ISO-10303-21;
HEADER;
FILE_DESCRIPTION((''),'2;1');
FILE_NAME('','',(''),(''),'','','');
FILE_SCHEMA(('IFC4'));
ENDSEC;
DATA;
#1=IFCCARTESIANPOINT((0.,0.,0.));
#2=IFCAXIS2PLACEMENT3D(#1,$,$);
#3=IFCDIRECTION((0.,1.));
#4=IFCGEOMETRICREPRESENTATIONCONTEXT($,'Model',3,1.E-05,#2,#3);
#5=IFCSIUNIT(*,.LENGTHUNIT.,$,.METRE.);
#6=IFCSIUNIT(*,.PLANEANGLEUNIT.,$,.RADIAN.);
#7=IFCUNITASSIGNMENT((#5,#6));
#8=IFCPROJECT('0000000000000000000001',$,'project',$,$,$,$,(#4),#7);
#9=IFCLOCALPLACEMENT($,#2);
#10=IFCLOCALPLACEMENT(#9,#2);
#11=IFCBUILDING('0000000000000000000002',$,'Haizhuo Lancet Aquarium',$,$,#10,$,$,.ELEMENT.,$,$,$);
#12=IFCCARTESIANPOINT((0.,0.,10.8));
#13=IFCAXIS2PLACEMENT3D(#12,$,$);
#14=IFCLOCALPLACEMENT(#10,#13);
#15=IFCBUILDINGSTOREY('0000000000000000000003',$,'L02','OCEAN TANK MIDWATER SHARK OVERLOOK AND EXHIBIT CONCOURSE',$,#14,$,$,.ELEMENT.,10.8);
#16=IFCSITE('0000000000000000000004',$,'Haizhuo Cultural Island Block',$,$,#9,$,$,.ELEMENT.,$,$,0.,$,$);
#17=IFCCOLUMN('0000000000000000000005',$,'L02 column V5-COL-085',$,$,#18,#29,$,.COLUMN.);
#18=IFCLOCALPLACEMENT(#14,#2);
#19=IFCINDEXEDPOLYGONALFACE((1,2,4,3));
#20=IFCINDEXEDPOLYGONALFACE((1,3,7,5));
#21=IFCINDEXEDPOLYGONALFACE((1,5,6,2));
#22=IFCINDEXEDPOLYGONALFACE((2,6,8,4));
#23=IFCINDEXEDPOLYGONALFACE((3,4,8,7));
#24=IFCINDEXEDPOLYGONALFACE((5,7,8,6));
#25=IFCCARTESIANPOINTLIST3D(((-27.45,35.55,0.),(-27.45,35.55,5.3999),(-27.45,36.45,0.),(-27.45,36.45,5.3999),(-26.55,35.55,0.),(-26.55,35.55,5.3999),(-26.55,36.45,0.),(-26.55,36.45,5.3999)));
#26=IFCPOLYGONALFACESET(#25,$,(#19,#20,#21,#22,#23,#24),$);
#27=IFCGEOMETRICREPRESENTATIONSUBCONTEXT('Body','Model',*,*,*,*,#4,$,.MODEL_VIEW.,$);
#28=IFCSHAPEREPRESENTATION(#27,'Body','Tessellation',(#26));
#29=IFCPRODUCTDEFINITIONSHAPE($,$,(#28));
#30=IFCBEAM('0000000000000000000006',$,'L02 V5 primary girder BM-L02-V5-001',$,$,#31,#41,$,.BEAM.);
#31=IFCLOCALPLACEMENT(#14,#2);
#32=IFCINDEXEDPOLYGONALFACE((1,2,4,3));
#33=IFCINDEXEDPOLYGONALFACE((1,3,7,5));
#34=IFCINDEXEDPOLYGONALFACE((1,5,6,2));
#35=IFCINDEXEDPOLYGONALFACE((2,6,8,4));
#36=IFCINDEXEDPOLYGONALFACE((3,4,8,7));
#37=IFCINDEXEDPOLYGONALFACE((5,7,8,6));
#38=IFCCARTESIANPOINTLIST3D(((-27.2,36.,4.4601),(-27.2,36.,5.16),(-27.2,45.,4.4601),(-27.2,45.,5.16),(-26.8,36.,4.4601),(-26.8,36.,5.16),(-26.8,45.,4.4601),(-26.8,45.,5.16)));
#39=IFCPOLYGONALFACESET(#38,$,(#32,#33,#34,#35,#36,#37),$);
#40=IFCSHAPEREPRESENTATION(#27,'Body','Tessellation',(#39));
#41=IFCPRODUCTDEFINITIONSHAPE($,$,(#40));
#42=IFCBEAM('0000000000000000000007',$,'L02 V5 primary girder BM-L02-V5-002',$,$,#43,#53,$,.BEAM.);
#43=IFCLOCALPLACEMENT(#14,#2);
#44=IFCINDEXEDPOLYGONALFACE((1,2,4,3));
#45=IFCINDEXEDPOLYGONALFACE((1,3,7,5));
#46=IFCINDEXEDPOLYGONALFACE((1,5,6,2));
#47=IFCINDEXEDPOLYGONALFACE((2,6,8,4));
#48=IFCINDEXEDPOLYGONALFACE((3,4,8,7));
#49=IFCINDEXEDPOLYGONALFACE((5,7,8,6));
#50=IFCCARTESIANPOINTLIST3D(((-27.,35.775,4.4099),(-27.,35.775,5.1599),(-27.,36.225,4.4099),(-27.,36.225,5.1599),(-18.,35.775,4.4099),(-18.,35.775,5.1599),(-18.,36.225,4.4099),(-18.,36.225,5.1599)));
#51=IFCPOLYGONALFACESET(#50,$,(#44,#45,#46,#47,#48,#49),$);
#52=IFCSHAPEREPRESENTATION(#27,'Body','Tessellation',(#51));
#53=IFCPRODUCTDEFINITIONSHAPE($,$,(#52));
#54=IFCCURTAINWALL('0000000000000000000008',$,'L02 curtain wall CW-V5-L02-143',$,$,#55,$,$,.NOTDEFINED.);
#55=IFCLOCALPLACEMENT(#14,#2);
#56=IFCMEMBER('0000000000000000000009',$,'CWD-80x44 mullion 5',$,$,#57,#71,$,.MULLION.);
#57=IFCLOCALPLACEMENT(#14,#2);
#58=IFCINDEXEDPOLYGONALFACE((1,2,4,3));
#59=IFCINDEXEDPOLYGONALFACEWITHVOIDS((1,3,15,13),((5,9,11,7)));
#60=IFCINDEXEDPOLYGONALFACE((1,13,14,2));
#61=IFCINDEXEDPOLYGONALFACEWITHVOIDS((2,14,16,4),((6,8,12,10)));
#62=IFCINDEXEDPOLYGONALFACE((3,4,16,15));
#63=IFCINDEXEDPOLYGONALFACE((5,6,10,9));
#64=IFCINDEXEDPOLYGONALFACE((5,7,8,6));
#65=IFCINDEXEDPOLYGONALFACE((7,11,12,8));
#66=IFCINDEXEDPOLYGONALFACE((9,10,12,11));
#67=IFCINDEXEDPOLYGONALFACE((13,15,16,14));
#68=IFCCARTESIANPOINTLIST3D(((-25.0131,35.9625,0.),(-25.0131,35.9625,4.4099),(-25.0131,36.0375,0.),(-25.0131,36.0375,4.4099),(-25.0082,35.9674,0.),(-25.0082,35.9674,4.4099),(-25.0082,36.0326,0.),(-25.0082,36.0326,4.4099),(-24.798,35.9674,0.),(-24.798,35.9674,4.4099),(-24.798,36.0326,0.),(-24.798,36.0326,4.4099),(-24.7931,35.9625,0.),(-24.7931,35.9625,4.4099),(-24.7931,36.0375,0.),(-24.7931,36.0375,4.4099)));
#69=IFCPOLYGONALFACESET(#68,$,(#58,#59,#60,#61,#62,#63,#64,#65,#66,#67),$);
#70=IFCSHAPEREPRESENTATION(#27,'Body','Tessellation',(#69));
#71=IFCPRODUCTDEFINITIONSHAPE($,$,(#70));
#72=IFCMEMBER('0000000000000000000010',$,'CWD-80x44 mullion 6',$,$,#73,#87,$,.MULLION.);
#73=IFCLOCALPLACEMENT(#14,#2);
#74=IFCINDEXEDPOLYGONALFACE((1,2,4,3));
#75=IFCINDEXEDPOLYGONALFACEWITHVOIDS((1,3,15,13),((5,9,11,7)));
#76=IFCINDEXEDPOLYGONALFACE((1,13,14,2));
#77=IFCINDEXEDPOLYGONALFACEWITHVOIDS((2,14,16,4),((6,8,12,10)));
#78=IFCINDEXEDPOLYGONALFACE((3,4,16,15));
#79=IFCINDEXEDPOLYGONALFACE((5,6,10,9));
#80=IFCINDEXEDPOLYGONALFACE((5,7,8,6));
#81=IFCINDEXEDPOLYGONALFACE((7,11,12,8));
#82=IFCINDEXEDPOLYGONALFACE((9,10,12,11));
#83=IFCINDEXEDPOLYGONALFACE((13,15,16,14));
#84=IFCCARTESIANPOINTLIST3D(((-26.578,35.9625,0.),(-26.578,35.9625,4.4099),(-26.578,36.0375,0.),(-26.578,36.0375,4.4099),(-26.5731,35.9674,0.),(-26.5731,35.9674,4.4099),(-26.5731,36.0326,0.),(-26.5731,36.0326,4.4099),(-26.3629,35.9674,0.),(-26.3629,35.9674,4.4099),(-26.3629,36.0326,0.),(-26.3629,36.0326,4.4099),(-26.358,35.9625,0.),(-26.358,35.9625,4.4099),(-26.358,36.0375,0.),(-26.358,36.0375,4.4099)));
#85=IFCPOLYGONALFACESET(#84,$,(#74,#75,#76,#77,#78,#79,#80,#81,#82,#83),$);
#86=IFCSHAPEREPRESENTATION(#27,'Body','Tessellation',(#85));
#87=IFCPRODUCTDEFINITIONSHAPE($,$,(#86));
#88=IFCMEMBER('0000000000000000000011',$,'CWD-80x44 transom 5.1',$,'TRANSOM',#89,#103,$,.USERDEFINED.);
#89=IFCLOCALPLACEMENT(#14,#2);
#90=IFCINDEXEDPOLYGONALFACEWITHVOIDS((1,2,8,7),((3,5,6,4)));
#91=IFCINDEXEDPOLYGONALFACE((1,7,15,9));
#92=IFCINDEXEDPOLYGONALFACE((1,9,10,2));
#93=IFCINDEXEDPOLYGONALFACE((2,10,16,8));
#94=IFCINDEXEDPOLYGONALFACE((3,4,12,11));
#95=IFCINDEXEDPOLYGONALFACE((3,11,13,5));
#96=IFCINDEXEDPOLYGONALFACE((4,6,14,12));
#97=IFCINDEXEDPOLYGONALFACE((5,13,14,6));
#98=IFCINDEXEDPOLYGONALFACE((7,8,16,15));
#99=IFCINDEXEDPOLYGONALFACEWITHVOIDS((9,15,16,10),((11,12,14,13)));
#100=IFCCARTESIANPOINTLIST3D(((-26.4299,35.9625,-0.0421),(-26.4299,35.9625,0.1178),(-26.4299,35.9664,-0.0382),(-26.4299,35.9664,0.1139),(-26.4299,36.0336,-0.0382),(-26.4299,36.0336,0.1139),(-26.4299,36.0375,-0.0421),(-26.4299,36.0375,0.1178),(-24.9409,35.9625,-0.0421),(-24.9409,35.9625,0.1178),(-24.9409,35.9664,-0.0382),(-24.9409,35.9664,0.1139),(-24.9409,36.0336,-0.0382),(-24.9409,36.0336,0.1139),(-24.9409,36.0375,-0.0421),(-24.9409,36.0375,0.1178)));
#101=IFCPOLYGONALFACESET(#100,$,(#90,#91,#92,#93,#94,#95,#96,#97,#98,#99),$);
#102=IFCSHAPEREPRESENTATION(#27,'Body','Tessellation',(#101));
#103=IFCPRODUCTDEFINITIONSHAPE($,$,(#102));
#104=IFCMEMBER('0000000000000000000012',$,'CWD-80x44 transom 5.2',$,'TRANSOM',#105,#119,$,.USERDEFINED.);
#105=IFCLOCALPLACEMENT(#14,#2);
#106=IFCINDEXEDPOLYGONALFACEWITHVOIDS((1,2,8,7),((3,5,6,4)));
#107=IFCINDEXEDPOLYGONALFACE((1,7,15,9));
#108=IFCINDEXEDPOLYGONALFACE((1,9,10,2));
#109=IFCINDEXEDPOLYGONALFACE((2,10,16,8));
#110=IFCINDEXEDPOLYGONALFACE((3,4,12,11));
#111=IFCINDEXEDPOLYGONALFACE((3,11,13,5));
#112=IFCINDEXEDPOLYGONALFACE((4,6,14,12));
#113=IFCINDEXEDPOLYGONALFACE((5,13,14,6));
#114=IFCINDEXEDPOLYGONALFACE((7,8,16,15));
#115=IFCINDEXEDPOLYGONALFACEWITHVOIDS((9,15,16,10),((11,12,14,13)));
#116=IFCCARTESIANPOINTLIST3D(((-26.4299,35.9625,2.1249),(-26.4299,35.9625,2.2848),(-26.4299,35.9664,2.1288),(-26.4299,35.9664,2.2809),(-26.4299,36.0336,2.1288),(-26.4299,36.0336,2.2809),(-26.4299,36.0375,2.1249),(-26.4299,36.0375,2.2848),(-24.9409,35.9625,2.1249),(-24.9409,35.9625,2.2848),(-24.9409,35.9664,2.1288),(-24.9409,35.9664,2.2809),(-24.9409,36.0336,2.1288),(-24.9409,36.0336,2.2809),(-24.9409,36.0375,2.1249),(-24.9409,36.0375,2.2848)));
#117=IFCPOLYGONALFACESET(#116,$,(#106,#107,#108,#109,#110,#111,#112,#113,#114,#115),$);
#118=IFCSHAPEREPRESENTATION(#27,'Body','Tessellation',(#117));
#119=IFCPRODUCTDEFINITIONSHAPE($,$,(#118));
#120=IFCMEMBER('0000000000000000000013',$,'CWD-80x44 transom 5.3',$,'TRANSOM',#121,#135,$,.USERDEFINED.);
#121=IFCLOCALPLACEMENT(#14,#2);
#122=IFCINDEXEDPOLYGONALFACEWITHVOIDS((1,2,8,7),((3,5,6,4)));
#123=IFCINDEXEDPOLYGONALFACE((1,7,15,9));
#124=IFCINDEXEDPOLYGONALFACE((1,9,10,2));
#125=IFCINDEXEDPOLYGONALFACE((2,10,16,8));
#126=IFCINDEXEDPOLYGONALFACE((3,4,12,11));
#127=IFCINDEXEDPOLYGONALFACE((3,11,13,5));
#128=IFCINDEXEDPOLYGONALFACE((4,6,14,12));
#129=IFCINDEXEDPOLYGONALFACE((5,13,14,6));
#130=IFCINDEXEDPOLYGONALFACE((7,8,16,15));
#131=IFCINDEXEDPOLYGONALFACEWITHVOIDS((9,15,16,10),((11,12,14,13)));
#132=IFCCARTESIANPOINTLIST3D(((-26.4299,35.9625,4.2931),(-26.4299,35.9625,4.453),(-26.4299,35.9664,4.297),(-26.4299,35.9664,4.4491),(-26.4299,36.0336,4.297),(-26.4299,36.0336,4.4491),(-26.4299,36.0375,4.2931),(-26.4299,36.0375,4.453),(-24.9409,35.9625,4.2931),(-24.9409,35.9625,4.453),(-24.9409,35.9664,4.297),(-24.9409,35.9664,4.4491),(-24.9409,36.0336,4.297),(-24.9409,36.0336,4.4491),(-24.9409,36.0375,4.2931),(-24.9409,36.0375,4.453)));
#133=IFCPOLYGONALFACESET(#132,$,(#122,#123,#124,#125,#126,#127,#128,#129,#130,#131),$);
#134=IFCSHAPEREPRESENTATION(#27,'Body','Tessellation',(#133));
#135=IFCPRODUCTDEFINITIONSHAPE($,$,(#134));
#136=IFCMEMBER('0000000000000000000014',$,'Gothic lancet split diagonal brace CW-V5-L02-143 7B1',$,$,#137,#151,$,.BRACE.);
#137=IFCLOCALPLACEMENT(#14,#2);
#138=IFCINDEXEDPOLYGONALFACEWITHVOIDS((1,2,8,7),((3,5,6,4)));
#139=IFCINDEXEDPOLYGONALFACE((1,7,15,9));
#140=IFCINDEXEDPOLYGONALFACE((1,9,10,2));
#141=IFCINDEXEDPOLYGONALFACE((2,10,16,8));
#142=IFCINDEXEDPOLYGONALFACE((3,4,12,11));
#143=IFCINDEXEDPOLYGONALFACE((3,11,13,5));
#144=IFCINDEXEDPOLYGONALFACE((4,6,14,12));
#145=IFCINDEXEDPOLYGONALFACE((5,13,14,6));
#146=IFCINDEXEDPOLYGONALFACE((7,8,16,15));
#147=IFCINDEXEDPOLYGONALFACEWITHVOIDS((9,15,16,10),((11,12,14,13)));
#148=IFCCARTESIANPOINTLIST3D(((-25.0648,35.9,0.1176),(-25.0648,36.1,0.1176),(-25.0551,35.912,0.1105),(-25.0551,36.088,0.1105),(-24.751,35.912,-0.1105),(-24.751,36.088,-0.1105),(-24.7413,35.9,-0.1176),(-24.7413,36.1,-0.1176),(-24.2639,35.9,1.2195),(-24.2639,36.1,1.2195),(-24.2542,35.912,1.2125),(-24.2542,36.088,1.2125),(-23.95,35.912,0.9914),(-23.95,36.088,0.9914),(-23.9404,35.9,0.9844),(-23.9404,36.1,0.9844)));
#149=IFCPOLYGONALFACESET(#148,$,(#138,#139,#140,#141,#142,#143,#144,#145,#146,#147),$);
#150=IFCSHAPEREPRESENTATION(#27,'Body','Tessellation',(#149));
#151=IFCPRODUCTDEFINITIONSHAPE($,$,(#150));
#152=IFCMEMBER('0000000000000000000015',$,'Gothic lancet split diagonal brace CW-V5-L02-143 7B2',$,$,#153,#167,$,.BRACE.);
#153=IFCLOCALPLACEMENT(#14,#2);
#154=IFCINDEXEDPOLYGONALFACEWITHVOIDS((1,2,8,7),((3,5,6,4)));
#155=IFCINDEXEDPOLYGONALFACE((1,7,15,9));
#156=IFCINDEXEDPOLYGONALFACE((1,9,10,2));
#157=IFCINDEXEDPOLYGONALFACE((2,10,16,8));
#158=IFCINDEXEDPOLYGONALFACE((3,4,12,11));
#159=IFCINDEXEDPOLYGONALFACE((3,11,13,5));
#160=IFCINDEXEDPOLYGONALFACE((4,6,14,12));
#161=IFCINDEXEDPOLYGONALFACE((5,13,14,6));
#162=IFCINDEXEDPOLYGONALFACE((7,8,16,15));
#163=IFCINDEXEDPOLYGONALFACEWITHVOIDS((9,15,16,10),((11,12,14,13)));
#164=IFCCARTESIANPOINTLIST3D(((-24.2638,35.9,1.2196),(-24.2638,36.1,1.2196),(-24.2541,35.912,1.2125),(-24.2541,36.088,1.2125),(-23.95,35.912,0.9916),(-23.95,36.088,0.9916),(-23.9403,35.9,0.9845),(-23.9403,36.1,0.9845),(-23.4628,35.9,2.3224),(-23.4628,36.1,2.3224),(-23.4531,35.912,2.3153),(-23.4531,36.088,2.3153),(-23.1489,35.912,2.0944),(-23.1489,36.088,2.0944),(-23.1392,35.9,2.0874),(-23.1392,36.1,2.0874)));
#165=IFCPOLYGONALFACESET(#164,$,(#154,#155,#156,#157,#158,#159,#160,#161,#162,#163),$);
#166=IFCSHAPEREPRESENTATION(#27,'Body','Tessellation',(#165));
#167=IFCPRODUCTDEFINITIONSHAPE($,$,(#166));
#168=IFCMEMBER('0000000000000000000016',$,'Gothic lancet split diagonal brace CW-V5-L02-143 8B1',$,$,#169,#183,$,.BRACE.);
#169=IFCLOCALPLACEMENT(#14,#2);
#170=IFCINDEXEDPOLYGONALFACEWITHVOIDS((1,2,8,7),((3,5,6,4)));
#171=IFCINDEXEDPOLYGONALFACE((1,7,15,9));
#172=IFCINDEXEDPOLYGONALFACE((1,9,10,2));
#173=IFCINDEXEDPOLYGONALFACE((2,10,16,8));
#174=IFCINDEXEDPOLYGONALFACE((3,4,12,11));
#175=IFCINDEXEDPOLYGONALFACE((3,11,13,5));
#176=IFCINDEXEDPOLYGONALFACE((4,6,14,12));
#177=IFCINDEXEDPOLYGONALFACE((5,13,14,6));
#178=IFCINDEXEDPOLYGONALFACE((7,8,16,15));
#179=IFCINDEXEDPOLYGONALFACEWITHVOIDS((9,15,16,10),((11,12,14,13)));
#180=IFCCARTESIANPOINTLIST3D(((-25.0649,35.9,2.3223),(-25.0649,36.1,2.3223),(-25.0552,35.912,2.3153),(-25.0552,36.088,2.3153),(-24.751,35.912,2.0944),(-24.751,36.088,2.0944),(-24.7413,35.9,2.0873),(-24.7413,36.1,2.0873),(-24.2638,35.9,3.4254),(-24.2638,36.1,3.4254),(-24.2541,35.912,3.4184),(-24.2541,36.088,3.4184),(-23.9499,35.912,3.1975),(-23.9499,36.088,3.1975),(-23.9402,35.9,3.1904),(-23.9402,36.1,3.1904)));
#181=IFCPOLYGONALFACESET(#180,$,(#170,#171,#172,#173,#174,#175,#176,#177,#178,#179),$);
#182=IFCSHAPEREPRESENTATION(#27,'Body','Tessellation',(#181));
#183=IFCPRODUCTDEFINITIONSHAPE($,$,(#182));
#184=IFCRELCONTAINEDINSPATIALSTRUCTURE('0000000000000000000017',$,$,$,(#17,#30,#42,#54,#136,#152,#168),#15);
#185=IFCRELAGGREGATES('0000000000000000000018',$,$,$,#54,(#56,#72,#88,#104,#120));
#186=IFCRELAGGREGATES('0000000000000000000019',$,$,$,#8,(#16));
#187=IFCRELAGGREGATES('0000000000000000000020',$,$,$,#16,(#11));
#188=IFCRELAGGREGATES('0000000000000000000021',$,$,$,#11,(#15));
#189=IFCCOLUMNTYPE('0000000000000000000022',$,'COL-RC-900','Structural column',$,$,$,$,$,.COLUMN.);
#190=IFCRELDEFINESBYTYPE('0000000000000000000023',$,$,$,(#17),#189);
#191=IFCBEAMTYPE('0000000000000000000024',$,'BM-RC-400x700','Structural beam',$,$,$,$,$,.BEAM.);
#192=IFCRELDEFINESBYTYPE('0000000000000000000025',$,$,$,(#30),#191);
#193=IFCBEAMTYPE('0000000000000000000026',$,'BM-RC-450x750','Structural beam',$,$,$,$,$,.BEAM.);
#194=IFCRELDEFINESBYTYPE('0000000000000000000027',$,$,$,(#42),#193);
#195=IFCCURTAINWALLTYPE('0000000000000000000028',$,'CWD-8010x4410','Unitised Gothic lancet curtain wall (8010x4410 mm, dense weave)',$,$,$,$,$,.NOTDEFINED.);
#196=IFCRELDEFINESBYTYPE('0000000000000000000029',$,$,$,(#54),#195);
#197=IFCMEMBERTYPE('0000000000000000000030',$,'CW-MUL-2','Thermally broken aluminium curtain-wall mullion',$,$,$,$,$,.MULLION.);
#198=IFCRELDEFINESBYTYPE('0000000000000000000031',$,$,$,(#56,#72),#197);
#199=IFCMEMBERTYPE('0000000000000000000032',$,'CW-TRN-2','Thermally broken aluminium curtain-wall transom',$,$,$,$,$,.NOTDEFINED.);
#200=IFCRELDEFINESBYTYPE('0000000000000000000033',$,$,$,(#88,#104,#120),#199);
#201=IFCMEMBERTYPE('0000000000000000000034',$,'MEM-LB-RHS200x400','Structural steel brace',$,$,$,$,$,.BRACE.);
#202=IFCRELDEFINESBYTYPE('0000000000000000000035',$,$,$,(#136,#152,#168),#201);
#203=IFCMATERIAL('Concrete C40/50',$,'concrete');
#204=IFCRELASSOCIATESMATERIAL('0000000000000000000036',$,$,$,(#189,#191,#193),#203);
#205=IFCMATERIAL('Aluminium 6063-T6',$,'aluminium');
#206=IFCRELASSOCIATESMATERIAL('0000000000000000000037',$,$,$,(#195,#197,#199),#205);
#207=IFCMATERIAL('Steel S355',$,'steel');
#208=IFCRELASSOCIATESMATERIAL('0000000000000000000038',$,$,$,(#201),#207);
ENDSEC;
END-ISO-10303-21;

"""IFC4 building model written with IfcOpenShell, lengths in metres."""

from ifc_helpers import new_model, si_unit, direction, frame, origin, origin_2d, place, context, subcontext, project, spatial, rectangle, hollow_rectangle, extrude, material, material_profile, profile_set, type_object, element, aggregate, save


model = new_model("IFC4")

# Units and contexts
model_context = context("Model", 3, precision=1e-05, world=origin(), true_north=direction((0.0, 1.0)))
body_context = subcontext(model_context, "Body", "Model", "MODEL_VIEW")
ifc_project = project(units=[si_unit("LENGTHUNIT", "METRE"), si_unit("PLANEANGLEUNIT", "RADIAN")], contexts=[model_context])

# Site, building, storey
site_placement = place(None, origin())
site = spatial("IfcSite", under=ifc_project, at=site_placement, Name="Haizhuo Cultural Island Block", CompositionType="ELEMENT", RefElevation=0.0)
building_placement = place(site_placement, origin())
building = spatial("IfcBuilding", under=site, at=building_placement, Name="Haizhuo Lancet Aquarium", CompositionType="ELEMENT")
storey_placement = place(building_placement, frame((0.0, 0.0, 10.8)))
storey = spatial("IfcBuildingStorey", under=building, at=storey_placement, Name="L02", Description="OCEAN TANK MIDWATER SHARK OVERLOOK AND EXHIBIT CONCOURSE", CompositionType="ELEMENT", Elevation=10.8)

# Column
ifc_material_1 = material(Name="Concrete C40/50", Category="concrete")
ifc_material_profile_1 = material_profile(ifc_material_1, rectangle(XDim=0.8999, YDim=0.8999, at=origin_2d()), Name="RC-COL 900x900")
ifc_profile_set_1 = profile_set([ifc_material_profile_1], Name="Concrete C40/50")
column_type = type_object("IfcColumnType", Name="COL-RC-900", Description="Structural column", PredefinedType="COLUMN", material=ifc_profile_set_1)
column_placement = place(storey_placement, frame((-27.0, 36.0, 0.0), z_axis=(0.0, 0.0, 1.0), x_axis=(1.0, 0.0, 0.0)))
element("IfcColumn", 1, at=column_placement, inside=storey, type_object=column_type, Name="L02 column V5-COL-085", PredefinedType="COLUMN", context=body_context, shape_type="SweptSolid", body=[
    extrude(rectangle(XDim=0.8999, YDim=0.8999, at=origin_2d()), origin(), (0.0, 0.0, 1.0), 5.3999),
])

# Beams
ifc_material_profile_2 = material_profile(ifc_material_1, rectangle(XDim=0.3999, YDim=0.7, at=origin_2d()), Name="RC-BM 400x700")
ifc_profile_set_2 = profile_set([ifc_material_profile_2], Name="Concrete C40/50")
beam_type_1 = type_object("IfcBeamType", Name="BM-RC-400x700", Description="Structural beam", PredefinedType="BEAM", material=ifc_profile_set_2)
beam_1_placement = place(storey_placement, frame((-27.0, 36.0, 4.8101), z_axis=(0.0, 1.0, 0.0), x_axis=(-1.0, 0.0, 0.0)))
element("IfcBeam", 2, at=beam_1_placement, inside=storey, type_object=beam_type_1, Name="L02 V5 primary girder BM-L02-V5-001", PredefinedType="BEAM", context=body_context, shape_type="SweptSolid", body=[
    extrude(rectangle(XDim=0.3999, YDim=0.7, at=origin_2d()), origin(), (0.0, 0.0, 1.0), 9.0),
])
ifc_material_profile_3 = material_profile(ifc_material_1, rectangle(XDim=0.45, YDim=0.75, at=origin_2d()), Name="RC-BM 450x750")
ifc_profile_set_3 = profile_set([ifc_material_profile_3], Name="Concrete C40/50")
beam_type_2 = type_object("IfcBeamType", Name="BM-RC-450x750", Description="Structural beam", PredefinedType="BEAM", material=ifc_profile_set_3)
beam_2_placement = place(storey_placement, frame((-27.0, 36.0, 4.7849), z_axis=(1.0, 0.0, 0.0), x_axis=(0.0, 1.0, 0.0)))
element("IfcBeam", 3, at=beam_2_placement, inside=storey, type_object=beam_type_2, Name="L02 V5 primary girder BM-L02-V5-002", PredefinedType="BEAM", context=body_context, shape_type="SweptSolid", body=[
    extrude(rectangle(XDim=0.45, YDim=0.75, at=origin_2d()), origin(), (0.0, 0.0, 1.0), 9.0),
])

# Curtain wall, members
ifc_material_2 = material(Name="Aluminium 6063-T6", Category="aluminium")
curtain_wall_type = type_object("IfcCurtainWallType", Name="CWD-8010x4410", Description="Unitised Gothic lancet curtain wall (8010x4410 mm, dense weave)", PredefinedType="NOTDEFINED", material=ifc_material_2)
curtain_wall_placement = place(storey_placement, origin())
curtain_wall = element("IfcCurtainWall", 4, at=curtain_wall_placement, inside=storey, type_object=curtain_wall_type, Name="L02 curtain wall CW-V5-L02-143", PredefinedType="NOTDEFINED")
ifc_material_profile_4 = material_profile(ifc_material_2, hollow_rectangle(XDim=0.075, YDim=0.22, WallThickness=0.0049, at=origin_2d()), Name="ALU-M 75x220x5")
ifc_profile_set_4 = profile_set([ifc_material_profile_4], Name="Aluminium 6063-T6")
member_type_1 = type_object("IfcMemberType", Name="CW-MUL-2", Description="Thermally broken aluminium curtain-wall mullion", PredefinedType="MULLION", material=ifc_profile_set_4)
member_1_placement = place(storey_placement, frame((-24.9031, 36.0, 0.0), z_axis=(0.0, 0.0, 1.0), x_axis=(0.0, -1.0, 0.0)))
member_1 = element("IfcMember", 5, at=member_1_placement, type_object=member_type_1, Name="CWD-80x44 mullion 5", PredefinedType="MULLION", context=body_context, shape_type="SweptSolid", body=[
    extrude(hollow_rectangle(XDim=0.075, YDim=0.22, WallThickness=0.0049, at=origin_2d()), origin(), (0.0, 0.0, 1.0), 4.4099),
])
member_2_placement = place(storey_placement, frame((-26.468, 36.0, 0.0), z_axis=(0.0, 0.0, 1.0), x_axis=(0.0, -1.0, 0.0)))
member_2 = element("IfcMember", 6, at=member_2_placement, type_object=member_type_1, Name="CWD-80x44 mullion 6", PredefinedType="MULLION", context=body_context, shape_type="SweptSolid", body=[
    extrude(hollow_rectangle(XDim=0.075, YDim=0.22, WallThickness=0.0049, at=origin_2d()), origin(), (0.0, 0.0, 1.0), 4.4099),
])
ifc_material_profile_5 = material_profile(ifc_material_2, hollow_rectangle(XDim=0.075, YDim=0.1599, WallThickness=0.0039, at=origin_2d()), Name="ALU-T 75x160x4")
ifc_profile_set_5 = profile_set([ifc_material_profile_5], Name="Aluminium 6063-T6")
member_type_2 = type_object("IfcMemberType", Name="CW-TRN-2", Description="Thermally broken aluminium curtain-wall transom", PredefinedType="NOTDEFINED", material=ifc_profile_set_5)
member_3_placement = place(storey_placement, frame((-24.9409, 36.0, 0.0378), z_axis=(-1.0, 0.0, 0.0), x_axis=(0.0, -1.0, 0.0)))
member_3 = element("IfcMember", 7, at=member_3_placement, type_object=member_type_2, Name="CWD-80x44 transom 5.1", ObjectType="TRANSOM", PredefinedType="USERDEFINED", context=body_context, shape_type="SweptSolid", body=[
    extrude(hollow_rectangle(XDim=0.075, YDim=0.1599, WallThickness=0.0039, at=origin_2d()), origin(), (0.0, 0.0, 1.0), 1.489),
])
member_4_placement = place(storey_placement, frame((-24.9409, 36.0, 2.2048), z_axis=(-1.0, 0.0, 0.0), x_axis=(0.0, -1.0, 0.0)))
member_4 = element("IfcMember", 8, at=member_4_placement, type_object=member_type_2, Name="CWD-80x44 transom 5.2", ObjectType="TRANSOM", PredefinedType="USERDEFINED", context=body_context, shape_type="SweptSolid", body=[
    extrude(hollow_rectangle(XDim=0.075, YDim=0.1599, WallThickness=0.0039, at=origin_2d()), origin(), (0.0, 0.0, 1.0), 1.489),
])
member_5_placement = place(storey_placement, frame((-24.9409, 36.0, 4.373), z_axis=(-1.0, 0.0, 0.0), x_axis=(0.0, -1.0, 0.0)))
member_5 = element("IfcMember", 9, at=member_5_placement, type_object=member_type_2, Name="CWD-80x44 transom 5.3", ObjectType="TRANSOM", PredefinedType="USERDEFINED", context=body_context, shape_type="SweptSolid", body=[
    extrude(hollow_rectangle(XDim=0.075, YDim=0.1599, WallThickness=0.0039, at=origin_2d()), origin(), (0.0, 0.0, 1.0), 1.489),
])

# Members
ifc_material_3 = material(Name="Steel S355", Category="steel")
ifc_material_profile_6 = material_profile(ifc_material_3, hollow_rectangle(XDim=0.2, YDim=0.3999, WallThickness=0.012, at=origin_2d()), Name="RHS 200x400x12")
ifc_profile_set_6 = profile_set([ifc_material_profile_6], Name="Steel S355")
member_type_3 = type_object("IfcMemberType", Name="MEM-LB-RHS200x400", Description="Structural steel brace", PredefinedType="BRACE", material=ifc_profile_set_6)
member_6_placement = place(storey_placement, frame((-24.9031, 36.0, 0.0), z_axis=(0.587948, 0.0, 0.808899), x_axis=(0.0, 1.0, 0.0)))
element("IfcMember", 10, at=member_6_placement, inside=storey, type_object=member_type_3, Name="Gothic lancet split diagonal brace CW-V5-L02-143 7B1", PredefinedType="BRACE", context=body_context, shape_type="SweptSolid", body=[
    extrude(hollow_rectangle(XDim=0.2, YDim=0.3999, WallThickness=0.012, at=origin_2d()), origin(), (0.0, 0.0, 1.0), 1.3623),
])
member_7_placement = place(storey_placement, frame((-24.1021, 36.0, 1.1021), z_axis=(0.587692, 0.0, 0.809084), x_axis=(0.0, 1.0, 0.0)))
element("IfcMember", 11, at=member_7_placement, inside=storey, type_object=member_type_3, Name="Gothic lancet split diagonal brace CW-V5-L02-143 7B2", PredefinedType="BRACE", context=body_context, shape_type="SweptSolid", body=[
    extrude(hollow_rectangle(XDim=0.2, YDim=0.3999, WallThickness=0.012, at=origin_2d()), origin(), (0.0, 0.0, 1.0), 1.363),
])
member_8_placement = place(storey_placement, frame((-24.9031, 36.0, 2.2048), z_axis=(0.587607, 0.0, 0.809146), x_axis=(0.0, 1.0, 0.0)))
element("IfcMember", 12, at=member_8_placement, inside=storey, type_object=member_type_3, Name="Gothic lancet split diagonal brace CW-V5-L02-143 8B1", PredefinedType="BRACE", context=body_context, shape_type="SweptSolid", body=[
    extrude(hollow_rectangle(XDim=0.2, YDim=0.3999, WallThickness=0.012, at=origin_2d()), origin(), (0.0, 0.0, 1.0), 1.3633),
])

aggregate(curtain_wall, [member_1, member_2, member_3, member_4, member_5])

save(model, "model.ifc")
